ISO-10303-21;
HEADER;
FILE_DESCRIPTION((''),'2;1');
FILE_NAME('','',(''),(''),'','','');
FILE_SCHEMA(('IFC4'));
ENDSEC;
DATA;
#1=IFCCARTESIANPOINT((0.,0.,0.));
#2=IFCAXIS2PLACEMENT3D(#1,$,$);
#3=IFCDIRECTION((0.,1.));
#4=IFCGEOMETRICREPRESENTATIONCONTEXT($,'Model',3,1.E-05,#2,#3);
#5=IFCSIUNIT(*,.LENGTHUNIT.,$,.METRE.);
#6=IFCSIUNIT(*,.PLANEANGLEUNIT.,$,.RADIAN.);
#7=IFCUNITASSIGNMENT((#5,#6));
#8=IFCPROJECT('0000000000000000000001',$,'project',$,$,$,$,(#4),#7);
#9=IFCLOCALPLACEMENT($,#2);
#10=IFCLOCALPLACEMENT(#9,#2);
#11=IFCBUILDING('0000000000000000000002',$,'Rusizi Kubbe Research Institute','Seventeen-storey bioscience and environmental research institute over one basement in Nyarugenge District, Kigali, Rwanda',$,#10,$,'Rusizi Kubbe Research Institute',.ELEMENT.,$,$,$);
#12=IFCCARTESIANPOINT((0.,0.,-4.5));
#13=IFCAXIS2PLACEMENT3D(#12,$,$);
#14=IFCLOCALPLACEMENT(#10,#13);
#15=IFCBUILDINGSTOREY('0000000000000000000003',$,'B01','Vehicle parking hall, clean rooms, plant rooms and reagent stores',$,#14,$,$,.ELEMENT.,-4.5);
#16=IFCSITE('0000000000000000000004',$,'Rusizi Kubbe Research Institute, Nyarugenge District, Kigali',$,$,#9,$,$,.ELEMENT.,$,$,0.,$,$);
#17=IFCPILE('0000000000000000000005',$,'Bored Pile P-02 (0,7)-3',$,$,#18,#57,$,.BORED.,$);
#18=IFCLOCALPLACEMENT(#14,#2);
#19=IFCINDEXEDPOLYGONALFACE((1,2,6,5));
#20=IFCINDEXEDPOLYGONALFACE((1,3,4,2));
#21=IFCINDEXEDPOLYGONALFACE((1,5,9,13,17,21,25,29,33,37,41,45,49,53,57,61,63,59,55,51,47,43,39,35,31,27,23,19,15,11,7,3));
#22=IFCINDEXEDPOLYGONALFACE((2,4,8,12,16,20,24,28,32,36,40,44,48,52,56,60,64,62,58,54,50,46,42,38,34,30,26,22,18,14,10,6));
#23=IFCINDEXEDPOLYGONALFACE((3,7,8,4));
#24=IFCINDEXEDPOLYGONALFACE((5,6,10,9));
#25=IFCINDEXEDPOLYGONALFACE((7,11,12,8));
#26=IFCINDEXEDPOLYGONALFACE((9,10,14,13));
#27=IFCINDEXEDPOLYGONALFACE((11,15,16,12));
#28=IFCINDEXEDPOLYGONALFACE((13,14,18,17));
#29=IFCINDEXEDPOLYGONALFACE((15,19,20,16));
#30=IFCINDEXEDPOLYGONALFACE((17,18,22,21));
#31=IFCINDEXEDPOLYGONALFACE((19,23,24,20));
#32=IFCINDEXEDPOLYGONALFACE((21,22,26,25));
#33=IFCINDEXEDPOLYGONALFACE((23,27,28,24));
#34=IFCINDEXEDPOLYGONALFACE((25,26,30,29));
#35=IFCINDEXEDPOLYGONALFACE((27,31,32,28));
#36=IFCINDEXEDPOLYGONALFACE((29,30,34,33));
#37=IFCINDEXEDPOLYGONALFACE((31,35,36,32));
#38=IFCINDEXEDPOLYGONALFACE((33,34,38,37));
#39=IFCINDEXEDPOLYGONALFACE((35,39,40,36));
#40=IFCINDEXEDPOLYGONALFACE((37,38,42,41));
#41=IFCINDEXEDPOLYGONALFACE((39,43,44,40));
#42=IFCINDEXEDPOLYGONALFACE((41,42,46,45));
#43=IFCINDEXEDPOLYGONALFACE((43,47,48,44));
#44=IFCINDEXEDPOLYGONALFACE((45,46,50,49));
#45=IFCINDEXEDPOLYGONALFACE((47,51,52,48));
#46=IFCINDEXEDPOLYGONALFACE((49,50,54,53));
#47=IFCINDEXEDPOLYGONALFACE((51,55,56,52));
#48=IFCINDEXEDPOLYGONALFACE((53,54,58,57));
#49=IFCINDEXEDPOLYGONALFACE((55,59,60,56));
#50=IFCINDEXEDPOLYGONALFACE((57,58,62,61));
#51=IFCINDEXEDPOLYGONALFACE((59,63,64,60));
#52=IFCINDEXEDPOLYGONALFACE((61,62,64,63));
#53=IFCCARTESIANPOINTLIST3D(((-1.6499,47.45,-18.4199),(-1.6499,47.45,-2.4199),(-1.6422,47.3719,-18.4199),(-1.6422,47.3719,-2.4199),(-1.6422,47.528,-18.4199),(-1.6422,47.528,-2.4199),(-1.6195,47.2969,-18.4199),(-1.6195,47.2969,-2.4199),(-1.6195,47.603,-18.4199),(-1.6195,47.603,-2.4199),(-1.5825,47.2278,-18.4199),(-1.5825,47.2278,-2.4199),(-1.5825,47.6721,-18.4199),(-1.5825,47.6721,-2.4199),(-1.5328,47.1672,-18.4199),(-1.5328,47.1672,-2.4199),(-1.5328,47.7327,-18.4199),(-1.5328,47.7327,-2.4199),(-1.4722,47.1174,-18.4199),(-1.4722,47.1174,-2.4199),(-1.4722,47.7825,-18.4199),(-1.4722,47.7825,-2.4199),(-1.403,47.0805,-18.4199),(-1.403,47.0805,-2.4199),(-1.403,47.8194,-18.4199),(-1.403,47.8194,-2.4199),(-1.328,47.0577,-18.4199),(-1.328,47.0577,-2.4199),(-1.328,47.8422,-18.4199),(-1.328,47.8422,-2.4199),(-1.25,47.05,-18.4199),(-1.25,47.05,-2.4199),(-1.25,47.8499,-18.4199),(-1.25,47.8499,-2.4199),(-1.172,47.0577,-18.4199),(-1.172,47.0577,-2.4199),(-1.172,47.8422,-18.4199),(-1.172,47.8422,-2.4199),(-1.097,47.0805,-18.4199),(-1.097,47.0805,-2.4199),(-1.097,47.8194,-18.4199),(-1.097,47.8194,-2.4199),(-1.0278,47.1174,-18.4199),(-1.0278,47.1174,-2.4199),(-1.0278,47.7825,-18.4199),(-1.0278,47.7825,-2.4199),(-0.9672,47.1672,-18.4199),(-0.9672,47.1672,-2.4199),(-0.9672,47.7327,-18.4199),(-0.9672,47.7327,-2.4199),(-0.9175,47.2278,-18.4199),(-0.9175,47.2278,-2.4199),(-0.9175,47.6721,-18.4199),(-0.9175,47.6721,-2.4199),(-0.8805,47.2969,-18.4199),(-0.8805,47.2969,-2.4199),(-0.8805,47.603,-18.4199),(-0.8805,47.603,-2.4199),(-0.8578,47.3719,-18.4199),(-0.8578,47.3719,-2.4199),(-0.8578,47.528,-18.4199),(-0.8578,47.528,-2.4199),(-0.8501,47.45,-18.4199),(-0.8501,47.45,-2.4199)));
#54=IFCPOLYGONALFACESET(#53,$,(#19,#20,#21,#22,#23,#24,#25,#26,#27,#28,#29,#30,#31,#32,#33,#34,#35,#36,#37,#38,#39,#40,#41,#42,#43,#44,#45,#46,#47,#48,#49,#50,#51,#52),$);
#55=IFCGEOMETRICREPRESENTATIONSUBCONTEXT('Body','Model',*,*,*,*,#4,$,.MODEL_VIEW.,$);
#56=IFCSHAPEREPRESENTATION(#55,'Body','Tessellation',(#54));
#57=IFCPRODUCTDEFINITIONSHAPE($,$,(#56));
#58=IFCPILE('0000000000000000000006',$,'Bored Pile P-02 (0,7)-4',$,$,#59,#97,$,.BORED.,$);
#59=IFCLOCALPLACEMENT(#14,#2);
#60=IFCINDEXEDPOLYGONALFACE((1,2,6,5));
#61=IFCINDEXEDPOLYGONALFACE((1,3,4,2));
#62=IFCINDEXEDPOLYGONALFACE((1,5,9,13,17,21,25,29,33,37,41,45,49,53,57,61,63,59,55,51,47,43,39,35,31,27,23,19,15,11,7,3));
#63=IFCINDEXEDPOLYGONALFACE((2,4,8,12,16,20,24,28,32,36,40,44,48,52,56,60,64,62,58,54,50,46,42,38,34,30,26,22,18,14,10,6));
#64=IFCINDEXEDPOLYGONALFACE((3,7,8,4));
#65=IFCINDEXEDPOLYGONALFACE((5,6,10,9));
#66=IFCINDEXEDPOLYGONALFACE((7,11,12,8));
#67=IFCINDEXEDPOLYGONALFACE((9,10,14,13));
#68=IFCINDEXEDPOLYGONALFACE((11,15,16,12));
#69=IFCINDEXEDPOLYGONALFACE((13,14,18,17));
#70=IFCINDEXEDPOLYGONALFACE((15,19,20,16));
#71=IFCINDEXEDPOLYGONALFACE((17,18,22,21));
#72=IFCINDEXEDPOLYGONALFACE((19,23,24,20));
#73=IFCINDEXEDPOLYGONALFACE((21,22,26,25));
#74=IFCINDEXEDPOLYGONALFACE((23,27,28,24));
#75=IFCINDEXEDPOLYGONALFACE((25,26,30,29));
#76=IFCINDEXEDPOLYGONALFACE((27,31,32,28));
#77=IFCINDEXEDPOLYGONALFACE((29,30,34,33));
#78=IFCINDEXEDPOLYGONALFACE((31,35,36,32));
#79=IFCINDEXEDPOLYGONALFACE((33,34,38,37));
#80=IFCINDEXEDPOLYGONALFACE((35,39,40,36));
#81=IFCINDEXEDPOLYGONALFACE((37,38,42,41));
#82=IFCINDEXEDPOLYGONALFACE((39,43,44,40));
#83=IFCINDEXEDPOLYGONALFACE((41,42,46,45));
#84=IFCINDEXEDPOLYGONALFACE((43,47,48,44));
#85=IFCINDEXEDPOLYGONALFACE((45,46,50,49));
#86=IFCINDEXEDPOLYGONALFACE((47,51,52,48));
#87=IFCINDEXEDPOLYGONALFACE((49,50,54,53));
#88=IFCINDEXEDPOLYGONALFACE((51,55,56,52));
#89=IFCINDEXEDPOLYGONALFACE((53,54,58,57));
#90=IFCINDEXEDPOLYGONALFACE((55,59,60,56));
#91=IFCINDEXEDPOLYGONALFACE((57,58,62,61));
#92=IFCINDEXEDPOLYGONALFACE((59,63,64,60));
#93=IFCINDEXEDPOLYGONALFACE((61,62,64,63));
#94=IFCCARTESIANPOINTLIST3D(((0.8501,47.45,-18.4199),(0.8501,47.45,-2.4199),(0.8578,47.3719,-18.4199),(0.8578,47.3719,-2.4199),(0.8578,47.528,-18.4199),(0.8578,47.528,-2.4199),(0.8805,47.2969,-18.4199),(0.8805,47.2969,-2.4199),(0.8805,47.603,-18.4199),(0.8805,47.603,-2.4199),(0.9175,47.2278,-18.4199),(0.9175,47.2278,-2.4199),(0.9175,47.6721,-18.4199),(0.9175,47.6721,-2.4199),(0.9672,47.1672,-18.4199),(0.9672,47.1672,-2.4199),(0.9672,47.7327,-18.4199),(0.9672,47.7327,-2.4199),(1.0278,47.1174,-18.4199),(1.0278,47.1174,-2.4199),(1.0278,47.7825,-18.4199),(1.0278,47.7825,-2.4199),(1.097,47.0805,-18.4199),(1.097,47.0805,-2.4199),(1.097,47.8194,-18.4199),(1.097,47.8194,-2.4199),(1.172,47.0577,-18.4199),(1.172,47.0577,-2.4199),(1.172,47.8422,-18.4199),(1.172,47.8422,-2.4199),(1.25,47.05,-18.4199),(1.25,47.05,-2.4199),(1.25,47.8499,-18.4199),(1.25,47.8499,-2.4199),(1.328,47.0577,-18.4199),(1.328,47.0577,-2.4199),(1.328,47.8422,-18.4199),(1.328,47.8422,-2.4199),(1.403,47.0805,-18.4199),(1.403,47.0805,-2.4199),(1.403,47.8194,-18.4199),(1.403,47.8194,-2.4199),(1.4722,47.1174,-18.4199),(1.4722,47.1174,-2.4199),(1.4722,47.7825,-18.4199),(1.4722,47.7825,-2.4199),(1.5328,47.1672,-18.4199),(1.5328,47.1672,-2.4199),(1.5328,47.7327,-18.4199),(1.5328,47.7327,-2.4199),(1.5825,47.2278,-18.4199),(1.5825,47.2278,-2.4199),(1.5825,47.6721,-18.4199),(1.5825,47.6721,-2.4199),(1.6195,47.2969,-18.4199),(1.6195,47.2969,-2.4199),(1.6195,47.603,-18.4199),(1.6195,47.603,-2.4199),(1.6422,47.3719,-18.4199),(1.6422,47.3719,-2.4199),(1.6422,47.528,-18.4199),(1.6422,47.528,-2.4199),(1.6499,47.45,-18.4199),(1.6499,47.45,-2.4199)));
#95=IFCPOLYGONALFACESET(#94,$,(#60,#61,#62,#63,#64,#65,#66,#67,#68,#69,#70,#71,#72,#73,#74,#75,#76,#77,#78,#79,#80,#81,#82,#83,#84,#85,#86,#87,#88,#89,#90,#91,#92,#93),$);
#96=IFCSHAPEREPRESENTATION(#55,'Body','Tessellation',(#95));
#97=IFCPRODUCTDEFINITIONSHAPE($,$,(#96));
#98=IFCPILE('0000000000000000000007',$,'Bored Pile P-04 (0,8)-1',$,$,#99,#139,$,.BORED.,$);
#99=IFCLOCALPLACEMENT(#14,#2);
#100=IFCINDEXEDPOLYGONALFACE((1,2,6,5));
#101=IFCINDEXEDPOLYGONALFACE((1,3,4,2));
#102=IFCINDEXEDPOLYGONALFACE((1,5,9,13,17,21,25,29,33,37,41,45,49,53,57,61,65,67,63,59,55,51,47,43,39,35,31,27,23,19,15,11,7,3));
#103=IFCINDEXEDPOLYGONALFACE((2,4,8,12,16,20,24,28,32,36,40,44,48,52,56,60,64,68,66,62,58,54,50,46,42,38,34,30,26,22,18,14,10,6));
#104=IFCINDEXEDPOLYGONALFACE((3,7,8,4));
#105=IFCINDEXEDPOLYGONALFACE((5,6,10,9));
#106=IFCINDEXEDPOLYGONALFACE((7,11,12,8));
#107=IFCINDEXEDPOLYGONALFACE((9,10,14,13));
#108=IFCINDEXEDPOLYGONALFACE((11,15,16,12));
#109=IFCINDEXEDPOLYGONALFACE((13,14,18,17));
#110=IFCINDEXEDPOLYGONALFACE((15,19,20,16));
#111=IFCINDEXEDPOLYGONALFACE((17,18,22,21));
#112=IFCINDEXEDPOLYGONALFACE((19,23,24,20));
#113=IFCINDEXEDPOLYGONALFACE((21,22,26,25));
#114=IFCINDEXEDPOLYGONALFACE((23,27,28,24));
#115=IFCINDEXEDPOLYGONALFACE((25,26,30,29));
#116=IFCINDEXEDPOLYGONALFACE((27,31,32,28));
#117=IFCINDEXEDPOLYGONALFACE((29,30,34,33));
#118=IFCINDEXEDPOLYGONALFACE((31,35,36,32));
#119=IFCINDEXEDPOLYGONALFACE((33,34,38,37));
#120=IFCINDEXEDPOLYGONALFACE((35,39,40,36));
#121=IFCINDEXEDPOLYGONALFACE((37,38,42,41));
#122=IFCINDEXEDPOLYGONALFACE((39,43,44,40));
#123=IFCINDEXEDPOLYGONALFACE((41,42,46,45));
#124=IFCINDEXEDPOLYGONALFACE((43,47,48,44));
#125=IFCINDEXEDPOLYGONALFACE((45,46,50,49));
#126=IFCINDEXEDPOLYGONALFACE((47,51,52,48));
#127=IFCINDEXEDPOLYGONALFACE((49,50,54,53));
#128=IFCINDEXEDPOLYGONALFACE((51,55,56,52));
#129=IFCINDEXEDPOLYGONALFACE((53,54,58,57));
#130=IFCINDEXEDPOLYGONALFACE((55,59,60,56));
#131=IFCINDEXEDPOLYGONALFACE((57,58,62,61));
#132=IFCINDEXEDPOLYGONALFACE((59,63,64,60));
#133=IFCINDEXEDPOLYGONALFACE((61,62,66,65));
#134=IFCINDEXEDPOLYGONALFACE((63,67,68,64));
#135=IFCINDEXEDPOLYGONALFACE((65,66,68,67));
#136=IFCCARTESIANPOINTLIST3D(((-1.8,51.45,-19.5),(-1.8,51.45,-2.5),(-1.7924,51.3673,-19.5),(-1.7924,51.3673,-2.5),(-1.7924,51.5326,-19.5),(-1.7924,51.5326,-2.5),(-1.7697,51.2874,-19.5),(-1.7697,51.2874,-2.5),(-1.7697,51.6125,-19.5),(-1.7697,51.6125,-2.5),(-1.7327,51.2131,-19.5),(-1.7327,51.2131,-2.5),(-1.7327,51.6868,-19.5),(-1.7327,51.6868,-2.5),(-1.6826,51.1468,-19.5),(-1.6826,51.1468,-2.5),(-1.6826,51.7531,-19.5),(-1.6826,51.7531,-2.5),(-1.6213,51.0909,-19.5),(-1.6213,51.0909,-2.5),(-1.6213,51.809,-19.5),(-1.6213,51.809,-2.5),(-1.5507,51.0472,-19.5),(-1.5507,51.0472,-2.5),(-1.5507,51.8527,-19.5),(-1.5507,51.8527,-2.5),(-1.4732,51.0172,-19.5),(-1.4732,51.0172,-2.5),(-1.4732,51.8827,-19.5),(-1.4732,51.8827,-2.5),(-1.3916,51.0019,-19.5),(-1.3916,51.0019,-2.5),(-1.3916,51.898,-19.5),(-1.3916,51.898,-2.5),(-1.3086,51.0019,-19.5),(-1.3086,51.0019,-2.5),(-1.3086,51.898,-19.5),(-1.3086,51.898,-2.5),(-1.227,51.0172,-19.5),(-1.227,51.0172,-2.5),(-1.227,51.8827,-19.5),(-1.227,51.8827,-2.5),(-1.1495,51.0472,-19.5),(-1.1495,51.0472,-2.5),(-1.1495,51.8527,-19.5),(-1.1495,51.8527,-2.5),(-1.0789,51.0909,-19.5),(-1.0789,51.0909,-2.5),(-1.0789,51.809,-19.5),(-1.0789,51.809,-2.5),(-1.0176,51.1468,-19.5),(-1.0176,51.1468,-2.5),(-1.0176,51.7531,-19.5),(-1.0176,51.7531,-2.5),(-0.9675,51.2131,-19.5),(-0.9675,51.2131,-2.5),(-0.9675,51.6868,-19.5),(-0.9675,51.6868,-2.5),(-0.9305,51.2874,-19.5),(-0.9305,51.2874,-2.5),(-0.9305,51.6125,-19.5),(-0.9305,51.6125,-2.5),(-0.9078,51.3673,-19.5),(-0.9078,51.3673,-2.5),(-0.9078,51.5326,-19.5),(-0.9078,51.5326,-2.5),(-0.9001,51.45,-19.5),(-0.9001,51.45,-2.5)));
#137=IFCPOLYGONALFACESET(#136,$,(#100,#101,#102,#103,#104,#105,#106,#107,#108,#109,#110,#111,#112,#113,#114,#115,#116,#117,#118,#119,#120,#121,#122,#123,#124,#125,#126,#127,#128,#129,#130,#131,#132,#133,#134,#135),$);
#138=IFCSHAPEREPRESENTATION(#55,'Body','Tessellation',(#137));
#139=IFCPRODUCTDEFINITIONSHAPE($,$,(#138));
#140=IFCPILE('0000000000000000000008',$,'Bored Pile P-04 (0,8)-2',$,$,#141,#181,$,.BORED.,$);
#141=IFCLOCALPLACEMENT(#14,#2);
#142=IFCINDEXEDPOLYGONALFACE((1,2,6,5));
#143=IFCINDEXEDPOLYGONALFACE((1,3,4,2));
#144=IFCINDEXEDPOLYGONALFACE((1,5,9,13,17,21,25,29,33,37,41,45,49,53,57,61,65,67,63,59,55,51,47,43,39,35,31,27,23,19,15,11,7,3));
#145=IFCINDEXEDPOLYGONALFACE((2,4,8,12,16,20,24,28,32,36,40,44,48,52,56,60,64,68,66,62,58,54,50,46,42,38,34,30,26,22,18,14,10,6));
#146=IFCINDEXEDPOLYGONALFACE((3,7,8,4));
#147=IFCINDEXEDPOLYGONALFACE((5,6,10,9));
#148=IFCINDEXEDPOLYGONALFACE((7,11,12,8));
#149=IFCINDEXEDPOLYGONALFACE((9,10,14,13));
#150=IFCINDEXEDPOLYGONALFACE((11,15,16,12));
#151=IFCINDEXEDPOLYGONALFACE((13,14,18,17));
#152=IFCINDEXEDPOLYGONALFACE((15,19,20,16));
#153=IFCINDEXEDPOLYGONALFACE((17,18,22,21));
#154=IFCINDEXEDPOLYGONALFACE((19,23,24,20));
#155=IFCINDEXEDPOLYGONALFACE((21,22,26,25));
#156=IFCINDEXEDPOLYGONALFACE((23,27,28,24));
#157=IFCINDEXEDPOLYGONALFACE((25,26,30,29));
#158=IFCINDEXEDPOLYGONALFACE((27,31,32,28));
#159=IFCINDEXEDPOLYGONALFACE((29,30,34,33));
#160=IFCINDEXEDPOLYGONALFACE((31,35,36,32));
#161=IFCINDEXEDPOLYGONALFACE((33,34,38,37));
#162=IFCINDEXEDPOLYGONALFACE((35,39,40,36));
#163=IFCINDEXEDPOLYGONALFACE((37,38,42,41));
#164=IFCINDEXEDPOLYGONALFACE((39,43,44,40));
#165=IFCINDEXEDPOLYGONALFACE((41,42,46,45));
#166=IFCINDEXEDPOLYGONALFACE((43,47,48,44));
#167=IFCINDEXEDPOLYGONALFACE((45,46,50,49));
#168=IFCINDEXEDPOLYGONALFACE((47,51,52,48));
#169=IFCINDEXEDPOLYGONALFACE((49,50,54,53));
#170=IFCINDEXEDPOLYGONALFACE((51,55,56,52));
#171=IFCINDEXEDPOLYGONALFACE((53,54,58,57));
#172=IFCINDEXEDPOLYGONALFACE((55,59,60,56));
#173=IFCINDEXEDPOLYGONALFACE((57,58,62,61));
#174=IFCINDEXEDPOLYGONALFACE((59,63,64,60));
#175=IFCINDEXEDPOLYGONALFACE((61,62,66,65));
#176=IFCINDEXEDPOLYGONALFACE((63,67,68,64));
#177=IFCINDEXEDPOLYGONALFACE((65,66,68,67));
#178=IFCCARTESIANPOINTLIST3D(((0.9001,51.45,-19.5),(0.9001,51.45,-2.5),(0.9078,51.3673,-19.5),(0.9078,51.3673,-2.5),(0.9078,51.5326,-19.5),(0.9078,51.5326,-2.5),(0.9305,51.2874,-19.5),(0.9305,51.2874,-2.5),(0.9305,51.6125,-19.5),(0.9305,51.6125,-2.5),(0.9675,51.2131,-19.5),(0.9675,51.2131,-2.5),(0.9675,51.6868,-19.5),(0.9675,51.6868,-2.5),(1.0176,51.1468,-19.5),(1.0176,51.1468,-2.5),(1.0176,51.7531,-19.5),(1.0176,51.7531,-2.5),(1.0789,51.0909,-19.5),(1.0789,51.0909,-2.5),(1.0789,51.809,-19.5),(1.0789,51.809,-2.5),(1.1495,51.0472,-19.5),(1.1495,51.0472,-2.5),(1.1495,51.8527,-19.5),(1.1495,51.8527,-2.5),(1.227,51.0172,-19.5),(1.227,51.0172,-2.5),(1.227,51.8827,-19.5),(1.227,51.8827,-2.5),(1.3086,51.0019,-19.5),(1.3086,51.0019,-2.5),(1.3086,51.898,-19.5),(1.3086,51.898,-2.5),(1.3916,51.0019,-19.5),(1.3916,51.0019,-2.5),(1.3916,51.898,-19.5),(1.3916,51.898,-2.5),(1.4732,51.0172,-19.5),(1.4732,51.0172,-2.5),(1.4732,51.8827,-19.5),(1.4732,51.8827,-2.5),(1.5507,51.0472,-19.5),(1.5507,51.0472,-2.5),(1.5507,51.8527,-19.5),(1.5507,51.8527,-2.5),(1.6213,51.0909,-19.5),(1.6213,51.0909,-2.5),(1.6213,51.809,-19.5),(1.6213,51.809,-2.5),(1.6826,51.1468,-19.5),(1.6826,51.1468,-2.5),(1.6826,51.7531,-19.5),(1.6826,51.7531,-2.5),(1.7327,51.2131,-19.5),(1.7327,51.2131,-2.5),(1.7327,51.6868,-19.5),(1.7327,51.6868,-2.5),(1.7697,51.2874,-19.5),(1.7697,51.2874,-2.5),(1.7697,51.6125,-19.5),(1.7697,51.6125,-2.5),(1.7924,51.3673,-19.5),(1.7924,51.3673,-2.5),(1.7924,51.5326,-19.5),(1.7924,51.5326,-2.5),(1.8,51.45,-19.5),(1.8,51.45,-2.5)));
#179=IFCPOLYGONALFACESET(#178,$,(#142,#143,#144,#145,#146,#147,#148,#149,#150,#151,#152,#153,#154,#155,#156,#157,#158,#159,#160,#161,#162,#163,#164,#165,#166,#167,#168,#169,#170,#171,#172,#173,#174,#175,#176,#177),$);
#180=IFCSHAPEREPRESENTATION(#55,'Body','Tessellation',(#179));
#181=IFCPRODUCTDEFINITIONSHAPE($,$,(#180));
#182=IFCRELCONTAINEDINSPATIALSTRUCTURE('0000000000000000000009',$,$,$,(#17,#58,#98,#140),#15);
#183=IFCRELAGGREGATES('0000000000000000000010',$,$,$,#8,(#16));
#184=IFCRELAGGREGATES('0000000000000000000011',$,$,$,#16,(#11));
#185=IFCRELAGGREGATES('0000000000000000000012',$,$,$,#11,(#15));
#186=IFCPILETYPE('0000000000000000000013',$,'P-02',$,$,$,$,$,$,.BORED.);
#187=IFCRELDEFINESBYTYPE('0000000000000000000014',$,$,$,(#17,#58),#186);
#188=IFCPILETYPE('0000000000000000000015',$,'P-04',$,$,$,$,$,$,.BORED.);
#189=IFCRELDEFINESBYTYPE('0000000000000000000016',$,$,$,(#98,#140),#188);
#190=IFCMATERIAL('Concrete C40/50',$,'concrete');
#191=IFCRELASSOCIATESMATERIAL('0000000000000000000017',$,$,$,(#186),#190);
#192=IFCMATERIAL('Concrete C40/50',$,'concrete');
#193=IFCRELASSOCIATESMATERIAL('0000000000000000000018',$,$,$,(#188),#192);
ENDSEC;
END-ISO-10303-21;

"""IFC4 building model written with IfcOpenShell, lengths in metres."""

from ifc_helpers import new_model, si_unit, direction, frame, origin, origin_2d, place, context, subcontext, project, spatial, circle, extrude, material, material_profile, profile_set, type_object, element, save


model = new_model("IFC4")

# Units and contexts
model_context = context("Model", 3, precision=1e-05, world=origin(), true_north=direction((0.0, 1.0)))
body_context = subcontext(model_context, "Body", "Model", "MODEL_VIEW")
ifc_project = project(units=[si_unit("LENGTHUNIT", "METRE"), si_unit("PLANEANGLEUNIT", "RADIAN")], contexts=[model_context])

# Site, building, storey
site_placement = place(None, origin())
site = spatial("IfcSite", under=ifc_project, at=site_placement, Name="Rusizi Kubbe Research Institute, Nyarugenge District, Kigali", CompositionType="ELEMENT", RefElevation=0.0)
building_placement = place(site_placement, origin())
building = spatial("IfcBuilding", under=site, at=building_placement, Name="Rusizi Kubbe Research Institute", Description="Seventeen-storey bioscience and environmental research institute over one basement in Nyarugenge District, Kigali, Rwanda", LongName="Rusizi Kubbe Research Institute", CompositionType="ELEMENT")
storey_placement = place(building_placement, frame((0.0, 0.0, -4.5)))
storey = spatial("IfcBuildingStorey", under=building, at=storey_placement, Name="B01", Description="Vehicle parking hall, clean rooms, plant rooms and reagent stores", CompositionType="ELEMENT", Elevation=-4.5)

# Piles
ifc_material_1 = material(Name="Concrete C40/50", Category="concrete")
ifc_material_profile_1 = material_profile(ifc_material_1, circle(Radius=0.3999, at=origin_2d()), Name="PILE-D800")
ifc_profile_set_1 = profile_set([ifc_material_profile_1], Name="Concrete C40/50")
pile_type_1 = type_object("IfcPileType", Name="P-02", PredefinedType="BORED", material=ifc_profile_set_1)
for number, where, z_axis, x_axis, name in (
    (1, (-1.25, 47.45, -2.4199), (0.0, 0.0, -1.0), (1.0, 0.0, 0.0), "Bored Pile P-02 (0,7)-3"),
    (2, (1.25, 47.45, -2.4199), (0.0, 0.0, -1.0), (1.0, 0.0, 0.0), "Bored Pile P-02 (0,7)-4"),
):
    element("IfcPile", number, at=place(storey_placement, frame(where, z_axis=z_axis, x_axis=x_axis)), inside=storey, type_object=pile_type_1, Name=name, PredefinedType="BORED", context=body_context, shape_type="SweptSolid", body=[
        extrude(circle(Radius=0.3999, at=origin_2d()), origin(), (0.0, 0.0, 1.0), 16.0),
    ])
ifc_material_2 = material(Name="Concrete C40/50", Category="concrete")
ifc_material_profile_2 = material_profile(ifc_material_2, circle(Radius=0.45, at=origin_2d()), Name="PILE-D900")
ifc_profile_set_2 = profile_set([ifc_material_profile_2], Name="Concrete C40/50")
pile_type_2 = type_object("IfcPileType", Name="P-04", PredefinedType="BORED", material=ifc_profile_set_2)
for number, where, z_axis, x_axis, name in (
    (3, (-1.3501, 51.45, -2.5), (0.0, 0.0, -1.0), (1.0, 0.0, 0.0), "Bored Pile P-04 (0,8)-1"),
    (4, (1.3501, 51.45, -2.5), (0.0, 0.0, -1.0), (1.0, 0.0, 0.0), "Bored Pile P-04 (0,8)-2"),
):
    element("IfcPile", number, at=place(storey_placement, frame(where, z_axis=z_axis, x_axis=x_axis)), inside=storey, type_object=pile_type_2, Name=name, PredefinedType="BORED", context=body_context, shape_type="SweptSolid", body=[
        extrude(circle(Radius=0.45, at=origin_2d()), origin(), (0.0, 0.0, 1.0), 17.0),
    ])

save(model, "model.ifc")
